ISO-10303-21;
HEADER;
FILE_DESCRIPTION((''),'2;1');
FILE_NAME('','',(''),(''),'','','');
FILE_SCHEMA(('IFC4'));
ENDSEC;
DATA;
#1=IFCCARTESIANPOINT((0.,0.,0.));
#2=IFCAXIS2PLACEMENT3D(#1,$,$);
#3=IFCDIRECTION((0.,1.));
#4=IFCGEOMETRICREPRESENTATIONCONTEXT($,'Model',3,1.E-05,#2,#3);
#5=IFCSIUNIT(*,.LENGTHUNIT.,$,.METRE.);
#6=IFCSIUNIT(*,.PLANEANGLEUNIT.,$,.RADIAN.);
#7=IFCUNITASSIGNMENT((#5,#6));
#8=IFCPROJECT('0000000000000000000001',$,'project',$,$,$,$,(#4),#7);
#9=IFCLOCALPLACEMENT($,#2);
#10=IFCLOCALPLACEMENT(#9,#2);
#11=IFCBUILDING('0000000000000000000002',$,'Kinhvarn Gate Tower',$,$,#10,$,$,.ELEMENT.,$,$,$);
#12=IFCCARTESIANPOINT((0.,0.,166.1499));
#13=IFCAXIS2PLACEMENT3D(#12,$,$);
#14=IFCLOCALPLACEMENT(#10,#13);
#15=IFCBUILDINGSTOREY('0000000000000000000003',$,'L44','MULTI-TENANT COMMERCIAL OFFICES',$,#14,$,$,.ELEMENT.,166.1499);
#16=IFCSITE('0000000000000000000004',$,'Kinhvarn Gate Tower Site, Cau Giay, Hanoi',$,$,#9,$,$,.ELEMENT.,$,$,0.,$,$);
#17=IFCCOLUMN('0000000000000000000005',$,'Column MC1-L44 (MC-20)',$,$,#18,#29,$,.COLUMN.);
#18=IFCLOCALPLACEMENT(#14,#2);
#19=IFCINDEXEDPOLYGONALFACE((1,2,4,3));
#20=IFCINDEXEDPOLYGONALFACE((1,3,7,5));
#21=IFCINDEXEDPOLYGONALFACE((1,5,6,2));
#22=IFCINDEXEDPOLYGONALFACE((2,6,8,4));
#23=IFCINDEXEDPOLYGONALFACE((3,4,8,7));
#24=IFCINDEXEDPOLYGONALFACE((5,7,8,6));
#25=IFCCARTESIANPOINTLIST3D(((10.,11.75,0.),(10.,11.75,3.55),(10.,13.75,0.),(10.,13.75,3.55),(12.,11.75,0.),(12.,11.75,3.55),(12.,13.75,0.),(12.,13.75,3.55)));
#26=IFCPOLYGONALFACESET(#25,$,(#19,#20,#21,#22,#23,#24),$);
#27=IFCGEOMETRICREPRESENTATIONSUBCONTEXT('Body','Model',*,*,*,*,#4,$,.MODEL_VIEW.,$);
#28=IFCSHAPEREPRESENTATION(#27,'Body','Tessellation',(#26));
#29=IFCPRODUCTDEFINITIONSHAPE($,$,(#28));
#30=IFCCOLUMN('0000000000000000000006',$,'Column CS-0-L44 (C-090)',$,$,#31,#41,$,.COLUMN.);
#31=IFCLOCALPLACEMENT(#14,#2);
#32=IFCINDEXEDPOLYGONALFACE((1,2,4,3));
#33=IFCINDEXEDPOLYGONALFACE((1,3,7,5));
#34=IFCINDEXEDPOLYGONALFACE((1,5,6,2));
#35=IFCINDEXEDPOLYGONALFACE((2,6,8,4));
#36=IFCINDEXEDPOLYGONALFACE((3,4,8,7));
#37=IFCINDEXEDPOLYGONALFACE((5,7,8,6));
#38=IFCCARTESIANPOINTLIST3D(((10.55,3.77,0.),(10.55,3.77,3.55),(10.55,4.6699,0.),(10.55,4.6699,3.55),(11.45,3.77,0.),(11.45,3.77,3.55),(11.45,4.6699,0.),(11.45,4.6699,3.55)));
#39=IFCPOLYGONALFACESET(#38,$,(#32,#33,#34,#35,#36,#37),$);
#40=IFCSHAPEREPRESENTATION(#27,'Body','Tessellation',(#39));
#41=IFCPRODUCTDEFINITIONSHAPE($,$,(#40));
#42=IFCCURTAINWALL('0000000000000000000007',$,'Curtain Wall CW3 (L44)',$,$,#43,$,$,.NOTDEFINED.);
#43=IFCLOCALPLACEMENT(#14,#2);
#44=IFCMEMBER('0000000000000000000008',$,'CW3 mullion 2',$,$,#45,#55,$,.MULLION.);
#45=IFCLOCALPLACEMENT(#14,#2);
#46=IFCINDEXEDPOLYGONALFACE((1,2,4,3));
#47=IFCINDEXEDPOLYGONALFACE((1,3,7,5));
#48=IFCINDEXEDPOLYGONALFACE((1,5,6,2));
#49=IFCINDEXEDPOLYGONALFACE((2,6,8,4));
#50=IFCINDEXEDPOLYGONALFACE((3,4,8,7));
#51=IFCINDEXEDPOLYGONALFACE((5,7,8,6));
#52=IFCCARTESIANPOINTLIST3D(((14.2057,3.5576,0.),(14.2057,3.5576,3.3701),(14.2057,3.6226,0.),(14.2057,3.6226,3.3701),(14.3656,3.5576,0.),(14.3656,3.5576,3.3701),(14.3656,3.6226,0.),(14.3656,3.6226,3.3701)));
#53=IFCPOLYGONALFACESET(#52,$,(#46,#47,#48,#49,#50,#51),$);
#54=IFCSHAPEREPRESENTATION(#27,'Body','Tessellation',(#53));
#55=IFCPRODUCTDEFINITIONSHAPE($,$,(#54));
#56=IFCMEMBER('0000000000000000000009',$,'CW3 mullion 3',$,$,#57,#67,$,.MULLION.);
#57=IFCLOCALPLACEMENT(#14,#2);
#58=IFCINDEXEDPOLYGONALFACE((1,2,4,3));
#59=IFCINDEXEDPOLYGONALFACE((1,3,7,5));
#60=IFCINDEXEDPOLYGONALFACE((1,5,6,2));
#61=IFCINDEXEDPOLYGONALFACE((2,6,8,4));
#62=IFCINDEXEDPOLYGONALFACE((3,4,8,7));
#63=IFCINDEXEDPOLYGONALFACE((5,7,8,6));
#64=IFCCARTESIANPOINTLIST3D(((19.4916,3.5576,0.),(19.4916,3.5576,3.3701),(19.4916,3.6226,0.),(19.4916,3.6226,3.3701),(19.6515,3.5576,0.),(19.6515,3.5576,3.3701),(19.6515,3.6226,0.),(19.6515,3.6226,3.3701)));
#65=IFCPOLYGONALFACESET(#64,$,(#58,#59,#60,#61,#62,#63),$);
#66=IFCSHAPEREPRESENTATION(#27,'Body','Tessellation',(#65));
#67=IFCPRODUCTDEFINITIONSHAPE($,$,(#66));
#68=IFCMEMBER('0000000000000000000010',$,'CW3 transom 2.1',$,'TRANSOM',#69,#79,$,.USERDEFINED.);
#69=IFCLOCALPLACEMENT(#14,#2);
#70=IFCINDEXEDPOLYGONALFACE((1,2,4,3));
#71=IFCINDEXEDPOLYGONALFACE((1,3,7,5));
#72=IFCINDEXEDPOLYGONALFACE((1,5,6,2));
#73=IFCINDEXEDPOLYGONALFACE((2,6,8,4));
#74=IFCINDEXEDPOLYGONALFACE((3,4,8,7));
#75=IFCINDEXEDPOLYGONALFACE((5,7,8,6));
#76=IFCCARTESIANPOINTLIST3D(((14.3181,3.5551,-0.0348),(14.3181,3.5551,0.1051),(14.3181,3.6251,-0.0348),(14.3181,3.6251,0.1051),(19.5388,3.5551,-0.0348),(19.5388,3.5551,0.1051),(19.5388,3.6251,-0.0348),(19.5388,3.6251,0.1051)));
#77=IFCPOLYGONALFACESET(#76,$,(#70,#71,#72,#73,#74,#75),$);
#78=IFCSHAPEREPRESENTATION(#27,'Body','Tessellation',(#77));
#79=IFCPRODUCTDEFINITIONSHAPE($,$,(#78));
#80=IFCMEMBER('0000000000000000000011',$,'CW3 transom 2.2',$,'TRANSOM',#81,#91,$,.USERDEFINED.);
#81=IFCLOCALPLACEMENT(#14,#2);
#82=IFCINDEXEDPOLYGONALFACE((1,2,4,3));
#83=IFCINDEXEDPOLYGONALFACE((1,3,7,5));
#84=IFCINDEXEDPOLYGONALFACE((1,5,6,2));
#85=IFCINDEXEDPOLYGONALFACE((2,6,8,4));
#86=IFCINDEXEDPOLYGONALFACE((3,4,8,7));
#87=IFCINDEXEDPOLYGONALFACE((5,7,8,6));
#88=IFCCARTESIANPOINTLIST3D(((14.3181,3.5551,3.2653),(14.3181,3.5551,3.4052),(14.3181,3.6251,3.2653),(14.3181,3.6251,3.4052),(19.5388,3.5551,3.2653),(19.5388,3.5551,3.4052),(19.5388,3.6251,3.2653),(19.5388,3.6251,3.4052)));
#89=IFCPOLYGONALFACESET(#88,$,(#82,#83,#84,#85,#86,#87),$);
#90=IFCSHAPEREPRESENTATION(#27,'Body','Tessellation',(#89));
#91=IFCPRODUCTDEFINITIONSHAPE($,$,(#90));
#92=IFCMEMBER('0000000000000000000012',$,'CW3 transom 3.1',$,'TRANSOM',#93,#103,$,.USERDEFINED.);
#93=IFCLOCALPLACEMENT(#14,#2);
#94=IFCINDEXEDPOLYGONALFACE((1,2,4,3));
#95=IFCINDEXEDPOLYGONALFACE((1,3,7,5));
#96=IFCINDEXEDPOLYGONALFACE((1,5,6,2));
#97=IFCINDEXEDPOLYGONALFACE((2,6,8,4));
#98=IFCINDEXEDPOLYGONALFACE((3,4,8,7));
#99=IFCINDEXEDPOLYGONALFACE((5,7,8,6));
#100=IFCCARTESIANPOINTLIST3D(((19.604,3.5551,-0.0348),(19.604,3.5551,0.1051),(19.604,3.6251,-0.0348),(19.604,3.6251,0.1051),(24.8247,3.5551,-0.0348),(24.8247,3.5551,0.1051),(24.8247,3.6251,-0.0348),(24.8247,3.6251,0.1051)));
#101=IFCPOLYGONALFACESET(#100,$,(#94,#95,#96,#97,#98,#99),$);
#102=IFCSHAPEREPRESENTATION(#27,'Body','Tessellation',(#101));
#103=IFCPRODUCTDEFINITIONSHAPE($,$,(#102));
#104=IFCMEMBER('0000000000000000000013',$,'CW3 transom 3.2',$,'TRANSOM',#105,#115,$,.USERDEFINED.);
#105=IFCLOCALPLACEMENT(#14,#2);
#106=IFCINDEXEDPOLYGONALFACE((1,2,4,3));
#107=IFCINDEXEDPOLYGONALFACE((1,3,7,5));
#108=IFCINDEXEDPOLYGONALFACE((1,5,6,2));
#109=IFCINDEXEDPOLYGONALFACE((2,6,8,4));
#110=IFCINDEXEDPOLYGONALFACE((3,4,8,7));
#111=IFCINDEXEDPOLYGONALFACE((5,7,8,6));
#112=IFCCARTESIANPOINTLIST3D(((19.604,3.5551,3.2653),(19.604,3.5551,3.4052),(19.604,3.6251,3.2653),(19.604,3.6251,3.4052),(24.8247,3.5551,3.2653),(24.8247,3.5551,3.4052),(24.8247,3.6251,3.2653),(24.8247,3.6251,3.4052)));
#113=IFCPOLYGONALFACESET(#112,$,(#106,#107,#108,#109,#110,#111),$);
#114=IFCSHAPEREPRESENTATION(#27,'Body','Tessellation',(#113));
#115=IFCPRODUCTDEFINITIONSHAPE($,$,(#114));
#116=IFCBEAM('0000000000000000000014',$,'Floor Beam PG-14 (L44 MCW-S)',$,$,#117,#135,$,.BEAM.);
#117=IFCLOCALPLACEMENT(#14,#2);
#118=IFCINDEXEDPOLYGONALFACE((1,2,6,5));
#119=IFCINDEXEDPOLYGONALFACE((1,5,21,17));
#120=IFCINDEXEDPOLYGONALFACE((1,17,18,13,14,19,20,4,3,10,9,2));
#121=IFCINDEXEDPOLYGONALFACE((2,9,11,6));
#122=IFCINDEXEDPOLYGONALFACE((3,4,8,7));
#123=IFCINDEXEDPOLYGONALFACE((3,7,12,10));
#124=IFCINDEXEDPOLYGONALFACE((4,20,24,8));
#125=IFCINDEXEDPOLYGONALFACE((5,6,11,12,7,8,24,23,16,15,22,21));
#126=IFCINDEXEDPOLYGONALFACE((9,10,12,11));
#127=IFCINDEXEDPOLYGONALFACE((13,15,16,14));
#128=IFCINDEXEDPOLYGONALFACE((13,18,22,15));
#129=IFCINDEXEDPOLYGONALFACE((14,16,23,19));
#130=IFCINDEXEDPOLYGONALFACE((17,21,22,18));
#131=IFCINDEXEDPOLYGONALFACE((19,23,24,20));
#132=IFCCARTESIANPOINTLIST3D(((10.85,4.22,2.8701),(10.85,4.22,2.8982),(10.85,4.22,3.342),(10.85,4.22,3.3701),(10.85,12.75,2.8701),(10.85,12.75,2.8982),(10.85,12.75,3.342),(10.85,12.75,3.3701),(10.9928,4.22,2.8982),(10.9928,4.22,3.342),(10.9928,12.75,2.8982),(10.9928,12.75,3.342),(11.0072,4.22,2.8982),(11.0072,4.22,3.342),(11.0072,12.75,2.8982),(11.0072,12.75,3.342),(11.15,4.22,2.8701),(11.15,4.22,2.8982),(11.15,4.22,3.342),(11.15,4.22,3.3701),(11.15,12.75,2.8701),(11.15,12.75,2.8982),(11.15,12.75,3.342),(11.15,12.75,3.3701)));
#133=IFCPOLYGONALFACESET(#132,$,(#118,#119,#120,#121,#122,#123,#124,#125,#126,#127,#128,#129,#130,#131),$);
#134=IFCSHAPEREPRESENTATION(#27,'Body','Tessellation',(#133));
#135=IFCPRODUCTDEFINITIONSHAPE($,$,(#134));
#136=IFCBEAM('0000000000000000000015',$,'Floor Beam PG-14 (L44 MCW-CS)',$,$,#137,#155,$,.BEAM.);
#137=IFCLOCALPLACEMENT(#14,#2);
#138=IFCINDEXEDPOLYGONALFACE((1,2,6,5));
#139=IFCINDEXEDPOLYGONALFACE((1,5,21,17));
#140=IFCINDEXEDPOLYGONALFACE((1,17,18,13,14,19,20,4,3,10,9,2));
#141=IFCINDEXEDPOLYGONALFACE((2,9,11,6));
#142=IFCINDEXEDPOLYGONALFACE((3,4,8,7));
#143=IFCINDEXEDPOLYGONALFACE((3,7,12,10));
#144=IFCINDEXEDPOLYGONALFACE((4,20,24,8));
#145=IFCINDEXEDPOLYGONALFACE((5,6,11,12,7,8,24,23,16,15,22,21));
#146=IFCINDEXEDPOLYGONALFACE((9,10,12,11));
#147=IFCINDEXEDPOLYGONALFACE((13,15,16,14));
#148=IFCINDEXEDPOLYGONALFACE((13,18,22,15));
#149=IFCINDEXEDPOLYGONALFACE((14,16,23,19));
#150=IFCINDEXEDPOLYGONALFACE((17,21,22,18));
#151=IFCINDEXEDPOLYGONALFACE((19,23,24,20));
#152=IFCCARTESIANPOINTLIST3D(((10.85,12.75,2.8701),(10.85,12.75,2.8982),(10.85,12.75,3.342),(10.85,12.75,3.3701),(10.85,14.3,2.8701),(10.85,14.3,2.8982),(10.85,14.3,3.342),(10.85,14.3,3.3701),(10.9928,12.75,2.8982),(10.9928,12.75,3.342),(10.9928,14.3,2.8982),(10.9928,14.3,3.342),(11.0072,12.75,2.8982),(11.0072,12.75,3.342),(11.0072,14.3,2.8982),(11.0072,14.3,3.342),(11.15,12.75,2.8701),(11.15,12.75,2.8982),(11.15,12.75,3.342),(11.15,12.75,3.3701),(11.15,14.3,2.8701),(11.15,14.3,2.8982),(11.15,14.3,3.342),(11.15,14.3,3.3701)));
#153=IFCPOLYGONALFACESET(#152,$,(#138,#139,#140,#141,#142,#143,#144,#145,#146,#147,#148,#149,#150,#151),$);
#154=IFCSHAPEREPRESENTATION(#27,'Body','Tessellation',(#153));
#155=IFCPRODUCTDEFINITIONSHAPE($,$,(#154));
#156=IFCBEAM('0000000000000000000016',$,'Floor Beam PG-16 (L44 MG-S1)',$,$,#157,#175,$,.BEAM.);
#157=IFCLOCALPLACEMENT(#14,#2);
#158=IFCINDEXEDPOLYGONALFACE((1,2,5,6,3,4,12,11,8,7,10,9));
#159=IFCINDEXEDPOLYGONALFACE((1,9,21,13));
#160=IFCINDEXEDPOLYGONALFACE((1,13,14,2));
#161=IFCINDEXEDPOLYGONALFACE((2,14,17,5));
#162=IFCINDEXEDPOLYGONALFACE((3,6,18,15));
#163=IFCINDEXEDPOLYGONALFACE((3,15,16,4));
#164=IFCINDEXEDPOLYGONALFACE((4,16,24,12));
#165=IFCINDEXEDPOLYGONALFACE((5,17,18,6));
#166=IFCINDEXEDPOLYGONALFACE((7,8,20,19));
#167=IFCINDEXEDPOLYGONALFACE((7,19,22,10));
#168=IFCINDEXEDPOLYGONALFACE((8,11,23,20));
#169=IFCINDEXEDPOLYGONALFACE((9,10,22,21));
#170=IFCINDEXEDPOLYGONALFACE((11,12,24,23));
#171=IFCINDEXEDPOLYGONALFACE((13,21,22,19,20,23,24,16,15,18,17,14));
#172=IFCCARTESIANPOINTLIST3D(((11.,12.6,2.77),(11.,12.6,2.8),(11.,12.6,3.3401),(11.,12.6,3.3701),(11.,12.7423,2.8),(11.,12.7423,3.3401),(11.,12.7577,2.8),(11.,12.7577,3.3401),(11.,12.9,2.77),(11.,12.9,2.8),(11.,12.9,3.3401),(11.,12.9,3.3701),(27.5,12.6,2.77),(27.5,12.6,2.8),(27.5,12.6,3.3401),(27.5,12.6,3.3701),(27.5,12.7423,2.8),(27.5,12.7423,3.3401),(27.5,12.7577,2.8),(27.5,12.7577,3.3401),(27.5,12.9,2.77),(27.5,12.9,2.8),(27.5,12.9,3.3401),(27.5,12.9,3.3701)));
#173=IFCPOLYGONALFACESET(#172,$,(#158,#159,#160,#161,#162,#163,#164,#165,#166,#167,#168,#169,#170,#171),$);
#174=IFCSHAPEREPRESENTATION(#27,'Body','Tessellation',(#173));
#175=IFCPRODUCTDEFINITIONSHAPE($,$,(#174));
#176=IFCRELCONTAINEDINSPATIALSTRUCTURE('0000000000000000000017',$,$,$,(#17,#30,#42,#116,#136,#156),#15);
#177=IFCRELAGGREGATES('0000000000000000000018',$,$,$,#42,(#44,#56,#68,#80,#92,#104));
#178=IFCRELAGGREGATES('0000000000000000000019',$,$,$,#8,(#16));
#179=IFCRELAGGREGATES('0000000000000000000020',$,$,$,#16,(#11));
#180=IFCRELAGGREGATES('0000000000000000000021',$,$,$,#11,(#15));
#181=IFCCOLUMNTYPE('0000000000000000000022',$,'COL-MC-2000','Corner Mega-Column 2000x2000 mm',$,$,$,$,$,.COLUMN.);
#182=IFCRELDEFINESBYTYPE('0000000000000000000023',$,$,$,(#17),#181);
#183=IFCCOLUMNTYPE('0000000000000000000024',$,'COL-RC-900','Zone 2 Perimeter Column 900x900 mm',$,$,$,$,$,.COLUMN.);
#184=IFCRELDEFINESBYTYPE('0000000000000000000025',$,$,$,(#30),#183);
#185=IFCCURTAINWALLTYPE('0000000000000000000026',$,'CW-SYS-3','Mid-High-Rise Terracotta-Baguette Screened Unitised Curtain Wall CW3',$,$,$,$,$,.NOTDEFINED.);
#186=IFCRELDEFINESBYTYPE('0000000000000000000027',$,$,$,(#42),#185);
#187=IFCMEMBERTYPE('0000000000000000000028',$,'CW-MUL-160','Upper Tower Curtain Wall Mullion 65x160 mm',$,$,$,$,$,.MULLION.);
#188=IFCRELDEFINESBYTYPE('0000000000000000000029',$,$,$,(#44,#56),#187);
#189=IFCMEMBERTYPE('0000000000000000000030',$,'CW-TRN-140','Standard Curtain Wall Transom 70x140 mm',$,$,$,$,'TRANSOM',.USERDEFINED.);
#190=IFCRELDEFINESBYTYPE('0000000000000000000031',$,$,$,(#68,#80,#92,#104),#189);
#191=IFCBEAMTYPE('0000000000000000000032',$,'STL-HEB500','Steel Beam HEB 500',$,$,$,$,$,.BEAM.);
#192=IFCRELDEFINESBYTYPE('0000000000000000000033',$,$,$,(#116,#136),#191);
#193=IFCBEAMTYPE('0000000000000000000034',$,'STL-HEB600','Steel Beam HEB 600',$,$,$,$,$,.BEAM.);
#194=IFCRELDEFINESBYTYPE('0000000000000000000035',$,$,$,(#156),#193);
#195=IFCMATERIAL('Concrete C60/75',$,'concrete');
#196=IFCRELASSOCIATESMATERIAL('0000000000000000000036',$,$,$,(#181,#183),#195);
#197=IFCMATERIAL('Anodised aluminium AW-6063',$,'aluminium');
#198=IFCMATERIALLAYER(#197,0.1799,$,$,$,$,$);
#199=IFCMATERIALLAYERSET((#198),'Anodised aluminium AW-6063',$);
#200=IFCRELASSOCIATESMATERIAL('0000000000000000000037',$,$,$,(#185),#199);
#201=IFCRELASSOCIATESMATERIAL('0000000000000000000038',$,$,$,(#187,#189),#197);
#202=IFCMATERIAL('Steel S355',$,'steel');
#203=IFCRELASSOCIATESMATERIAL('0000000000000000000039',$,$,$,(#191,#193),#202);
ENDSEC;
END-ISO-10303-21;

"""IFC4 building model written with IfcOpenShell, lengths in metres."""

from ifc_helpers import new_model, si_unit, direction, frame, origin, origin_2d, place, context, subcontext, project, spatial, rectangle, i_section, extrude, material, layer, layer_set, material_profile, profile_set, type_object, element, aggregate, save


model = new_model("IFC4")

# Units and contexts
model_context = context("Model", 3, precision=1e-05, world=origin(), true_north=direction((0.0, 1.0)))
body_context = subcontext(model_context, "Body", "Model", "MODEL_VIEW")
ifc_project = project(units=[si_unit("LENGTHUNIT", "METRE"), si_unit("PLANEANGLEUNIT", "RADIAN")], contexts=[model_context])

# Site, building, storey
site_placement = place(None, origin())
site = spatial("IfcSite", under=ifc_project, at=site_placement, Name="Kinhvarn Gate Tower Site, Cau Giay, Hanoi", CompositionType="ELEMENT", RefElevation=0.0)
building_placement = place(site_placement, origin())
building = spatial("IfcBuilding", under=site, at=building_placement, Name="Kinhvarn Gate Tower", CompositionType="ELEMENT")
storey_placement = place(building_placement, frame((0.0, 0.0, 166.1499)))
storey = spatial("IfcBuildingStorey", under=building, at=storey_placement, Name="L44", Description="MULTI-TENANT COMMERCIAL OFFICES", CompositionType="ELEMENT", Elevation=166.1499)

# Columns
ifc_material_1 = material(Name="Concrete C60/75", Category="concrete")
ifc_material_profile_1 = material_profile(ifc_material_1, rectangle(XDim=2.0, YDim=2.0, at=origin_2d()), Name="RC 2000x2000")
ifc_profile_set_1 = profile_set([ifc_material_profile_1], Name="Concrete C60/75")
column_type_1 = type_object("IfcColumnType", Name="COL-MC-2000", Description="Corner Mega-Column 2000x2000 mm", PredefinedType="COLUMN", material=ifc_profile_set_1)
column_1_placement = place(storey_placement, frame((11.0, 12.75, 0.0), z_axis=(0.0, 0.0, 1.0), x_axis=(1.0, 0.0, 0.0)))
element("IfcColumn", 1, at=column_1_placement, inside=storey, type_object=column_type_1, Name="Column MC1-L44 (MC-20)", PredefinedType="COLUMN", context=body_context, shape_type="SweptSolid", body=[
    extrude(rectangle(XDim=2.0, YDim=2.0, at=origin_2d()), origin(), (0.0, 0.0, 1.0), 3.55),
])
ifc_material_profile_2 = material_profile(ifc_material_1, rectangle(XDim=0.8999, YDim=0.8999, at=origin_2d()), Name="RC 900x900")
ifc_profile_set_2 = profile_set([ifc_material_profile_2], Name="Concrete C60/75")
column_type_2 = type_object("IfcColumnType", Name="COL-RC-900", Description="Zone 2 Perimeter Column 900x900 mm", PredefinedType="COLUMN", material=ifc_profile_set_2)
column_2_placement = place(storey_placement, frame((11.0, 4.22, 0.0), z_axis=(0.0, 0.0, 1.0), x_axis=(1.0, 0.0, 0.0)))
element("IfcColumn", 2, at=column_2_placement, inside=storey, type_object=column_type_2, Name="Column CS-0-L44 (C-090)", PredefinedType="COLUMN", context=body_context, shape_type="SweptSolid", body=[
    extrude(rectangle(XDim=0.8999, YDim=0.8999, at=origin_2d()), origin(), (0.0, 0.0, 1.0), 3.55),
])

# Curtain wall, members
ifc_material_2 = material(Name="Anodised aluminium AW-6063", Category="aluminium")
ifc_layer_1 = layer(ifc_material_2, 0.1799)
ifc_layer_set_1 = layer_set([ifc_layer_1], Name="Anodised aluminium AW-6063")
curtain_wall_type = type_object("IfcCurtainWallType", Name="CW-SYS-3", Description="Mid-High-Rise Terracotta-Baguette Screened Unitised Curtain Wall CW3", PredefinedType="NOTDEFINED", material=ifc_layer_set_1)
curtain_wall_placement = place(storey_placement, origin())
curtain_wall = element("IfcCurtainWall", 3, at=curtain_wall_placement, inside=storey, type_object=curtain_wall_type, Name="Curtain Wall CW3 (L44)", PredefinedType="NOTDEFINED")
ifc_material_profile_3 = material_profile(ifc_material_2, rectangle(XDim=0.0649, YDim=0.1599, at=origin_2d()), Name="ALU 65x160")
ifc_profile_set_3 = profile_set([ifc_material_profile_3], Name="Anodised aluminium AW-6063")
member_type_1 = type_object("IfcMemberType", Name="CW-MUL-160", Description="Upper Tower Curtain Wall Mullion 65x160 mm", PredefinedType="MULLION", material=ifc_profile_set_3)
member_1_placement = place(storey_placement, frame((14.2856, 3.5901, 0.0), z_axis=(0.0, 0.0, 1.0), x_axis=(0.0, 1.0, 0.0)))
member_1 = element("IfcMember", 4, at=member_1_placement, type_object=member_type_1, Name="CW3 mullion 2", PredefinedType="MULLION", context=body_context, shape_type="SweptSolid", body=[
    extrude(rectangle(XDim=0.0649, YDim=0.1599, at=origin_2d()), origin(), (0.0, 0.0, 1.0), 3.3701),
])
member_2_placement = place(storey_placement, frame((19.5715, 3.5901, 0.0), z_axis=(0.0, 0.0, 1.0), x_axis=(0.0, 1.0, 0.0)))
member_2 = element("IfcMember", 5, at=member_2_placement, type_object=member_type_1, Name="CW3 mullion 3", PredefinedType="MULLION", context=body_context, shape_type="SweptSolid", body=[
    extrude(rectangle(XDim=0.0649, YDim=0.1599, at=origin_2d()), origin(), (0.0, 0.0, 1.0), 3.3701),
])
ifc_material_profile_4 = material_profile(ifc_material_2, rectangle(XDim=0.0701, YDim=0.1399, at=origin_2d()), Name="ALU 70x140")
ifc_profile_set_4 = profile_set([ifc_material_profile_4], Name="Anodised aluminium AW-6063")
member_type_2 = type_object("IfcMemberType", Name="CW-TRN-140", Description="Standard Curtain Wall Transom 70x140 mm", ElementType="TRANSOM", PredefinedType="USERDEFINED", material=ifc_profile_set_4)
member_3_placement = place(storey_placement, frame((14.3181, 3.5901, 0.0352), z_axis=(1.0, 0.0, 0.0), x_axis=(0.0, 1.0, 0.0)))
member_3 = element("IfcMember", 6, at=member_3_placement, type_object=member_type_2, Name="CW3 transom 2.1", ObjectType="TRANSOM", PredefinedType="USERDEFINED", context=body_context, shape_type="SweptSolid", body=[
    extrude(rectangle(XDim=0.0701, YDim=0.1399, at=origin_2d()), origin(), (0.0, 0.0, 1.0), 5.2207),
])
member_4_placement = place(storey_placement, frame((14.3181, 3.5901, 3.3352), z_axis=(1.0, 0.0, 0.0), x_axis=(0.0, 1.0, 0.0)))
member_4 = element("IfcMember", 7, at=member_4_placement, type_object=member_type_2, Name="CW3 transom 2.2", ObjectType="TRANSOM", PredefinedType="USERDEFINED", context=body_context, shape_type="SweptSolid", body=[
    extrude(rectangle(XDim=0.0701, YDim=0.1399, at=origin_2d()), origin(), (0.0, 0.0, 1.0), 5.2207),
])
member_5_placement = place(storey_placement, frame((19.604, 3.5901, 0.0352), z_axis=(1.0, 0.0, 0.0), x_axis=(0.0, 1.0, 0.0)))
member_5 = element("IfcMember", 8, at=member_5_placement, type_object=member_type_2, Name="CW3 transom 3.1", ObjectType="TRANSOM", PredefinedType="USERDEFINED", context=body_context, shape_type="SweptSolid", body=[
    extrude(rectangle(XDim=0.0701, YDim=0.1399, at=origin_2d()), origin(), (0.0, 0.0, 1.0), 5.2207),
])
member_6_placement = place(storey_placement, frame((19.604, 3.5901, 3.3352), z_axis=(1.0, 0.0, 0.0), x_axis=(0.0, 1.0, 0.0)))
member_6 = element("IfcMember", 9, at=member_6_placement, type_object=member_type_2, Name="CW3 transom 3.2", ObjectType="TRANSOM", PredefinedType="USERDEFINED", context=body_context, shape_type="SweptSolid", body=[
    extrude(rectangle(XDim=0.0701, YDim=0.1399, at=origin_2d()), origin(), (0.0, 0.0, 1.0), 5.2207),
])

# Beams
ifc_material_3 = material(Name="Steel S355", Category="steel")
ifc_material_profile_5 = material_profile(ifc_material_3, i_section(OverallWidth=0.3, OverallDepth=0.5, WebThickness=0.0144, FlangeThickness=0.0281, at=origin_2d()), Name="HEB 500")
ifc_profile_set_5 = profile_set([ifc_material_profile_5], Name="Steel S355")
beam_type_1 = type_object("IfcBeamType", Name="STL-HEB500", Description="Steel Beam HEB 500", PredefinedType="BEAM", material=ifc_profile_set_5)
beam_1_placement = place(storey_placement, frame((11.0, 4.22, 3.1201), z_axis=(0.0, 1.0, 0.0), x_axis=(-1.0, 0.0, 0.0)))
element("IfcBeam", 10, at=beam_1_placement, inside=storey, type_object=beam_type_1, Name="Floor Beam PG-14 (L44 MCW-S)", PredefinedType="BEAM", context=body_context, shape_type="SweptSolid", body=[
    extrude(i_section(OverallWidth=0.3, OverallDepth=0.5, WebThickness=0.0144, FlangeThickness=0.0281, at=origin_2d()), origin(), (0.0, 0.0, 1.0), 8.53),
])
beam_2_placement = place(storey_placement, frame((11.0, 12.75, 3.1201), z_axis=(0.0, 1.0, 0.0), x_axis=(-1.0, 0.0, 0.0)))
element("IfcBeam", 11, at=beam_2_placement, inside=storey, type_object=beam_type_1, Name="Floor Beam PG-14 (L44 MCW-CS)", PredefinedType="BEAM", context=body_context, shape_type="SweptSolid", body=[
    extrude(i_section(OverallWidth=0.3, OverallDepth=0.5, WebThickness=0.0144, FlangeThickness=0.0281, at=origin_2d()), origin(), (0.0, 0.0, 1.0), 1.55),
])
ifc_material_profile_6 = material_profile(ifc_material_3, i_section(OverallWidth=0.3, OverallDepth=0.6001, WebThickness=0.0154, FlangeThickness=0.03, at=origin_2d()), Name="HEB 600")
ifc_profile_set_6 = profile_set([ifc_material_profile_6], Name="Steel S355")
beam_type_2 = type_object("IfcBeamType", Name="STL-HEB600", Description="Steel Beam HEB 600", PredefinedType="BEAM", material=ifc_profile_set_6)
beam_3_placement = place(storey_placement, frame((11.0, 12.75, 3.0701), z_axis=(1.0, 0.0, 0.0), x_axis=(0.0, 1.0, 0.0)))
element("IfcBeam", 12, at=beam_3_placement, inside=storey, type_object=beam_type_2, Name="Floor Beam PG-16 (L44 MG-S1)", PredefinedType="BEAM", context=body_context, shape_type="SweptSolid", body=[
    extrude(i_section(OverallWidth=0.3, OverallDepth=0.6001, WebThickness=0.0154, FlangeThickness=0.03, at=origin_2d()), origin(), (0.0, 0.0, 1.0), 16.5),
])

aggregate(curtain_wall, [member_1, member_2, member_3, member_4, member_5, member_6])

save(model, "model.ifc")
